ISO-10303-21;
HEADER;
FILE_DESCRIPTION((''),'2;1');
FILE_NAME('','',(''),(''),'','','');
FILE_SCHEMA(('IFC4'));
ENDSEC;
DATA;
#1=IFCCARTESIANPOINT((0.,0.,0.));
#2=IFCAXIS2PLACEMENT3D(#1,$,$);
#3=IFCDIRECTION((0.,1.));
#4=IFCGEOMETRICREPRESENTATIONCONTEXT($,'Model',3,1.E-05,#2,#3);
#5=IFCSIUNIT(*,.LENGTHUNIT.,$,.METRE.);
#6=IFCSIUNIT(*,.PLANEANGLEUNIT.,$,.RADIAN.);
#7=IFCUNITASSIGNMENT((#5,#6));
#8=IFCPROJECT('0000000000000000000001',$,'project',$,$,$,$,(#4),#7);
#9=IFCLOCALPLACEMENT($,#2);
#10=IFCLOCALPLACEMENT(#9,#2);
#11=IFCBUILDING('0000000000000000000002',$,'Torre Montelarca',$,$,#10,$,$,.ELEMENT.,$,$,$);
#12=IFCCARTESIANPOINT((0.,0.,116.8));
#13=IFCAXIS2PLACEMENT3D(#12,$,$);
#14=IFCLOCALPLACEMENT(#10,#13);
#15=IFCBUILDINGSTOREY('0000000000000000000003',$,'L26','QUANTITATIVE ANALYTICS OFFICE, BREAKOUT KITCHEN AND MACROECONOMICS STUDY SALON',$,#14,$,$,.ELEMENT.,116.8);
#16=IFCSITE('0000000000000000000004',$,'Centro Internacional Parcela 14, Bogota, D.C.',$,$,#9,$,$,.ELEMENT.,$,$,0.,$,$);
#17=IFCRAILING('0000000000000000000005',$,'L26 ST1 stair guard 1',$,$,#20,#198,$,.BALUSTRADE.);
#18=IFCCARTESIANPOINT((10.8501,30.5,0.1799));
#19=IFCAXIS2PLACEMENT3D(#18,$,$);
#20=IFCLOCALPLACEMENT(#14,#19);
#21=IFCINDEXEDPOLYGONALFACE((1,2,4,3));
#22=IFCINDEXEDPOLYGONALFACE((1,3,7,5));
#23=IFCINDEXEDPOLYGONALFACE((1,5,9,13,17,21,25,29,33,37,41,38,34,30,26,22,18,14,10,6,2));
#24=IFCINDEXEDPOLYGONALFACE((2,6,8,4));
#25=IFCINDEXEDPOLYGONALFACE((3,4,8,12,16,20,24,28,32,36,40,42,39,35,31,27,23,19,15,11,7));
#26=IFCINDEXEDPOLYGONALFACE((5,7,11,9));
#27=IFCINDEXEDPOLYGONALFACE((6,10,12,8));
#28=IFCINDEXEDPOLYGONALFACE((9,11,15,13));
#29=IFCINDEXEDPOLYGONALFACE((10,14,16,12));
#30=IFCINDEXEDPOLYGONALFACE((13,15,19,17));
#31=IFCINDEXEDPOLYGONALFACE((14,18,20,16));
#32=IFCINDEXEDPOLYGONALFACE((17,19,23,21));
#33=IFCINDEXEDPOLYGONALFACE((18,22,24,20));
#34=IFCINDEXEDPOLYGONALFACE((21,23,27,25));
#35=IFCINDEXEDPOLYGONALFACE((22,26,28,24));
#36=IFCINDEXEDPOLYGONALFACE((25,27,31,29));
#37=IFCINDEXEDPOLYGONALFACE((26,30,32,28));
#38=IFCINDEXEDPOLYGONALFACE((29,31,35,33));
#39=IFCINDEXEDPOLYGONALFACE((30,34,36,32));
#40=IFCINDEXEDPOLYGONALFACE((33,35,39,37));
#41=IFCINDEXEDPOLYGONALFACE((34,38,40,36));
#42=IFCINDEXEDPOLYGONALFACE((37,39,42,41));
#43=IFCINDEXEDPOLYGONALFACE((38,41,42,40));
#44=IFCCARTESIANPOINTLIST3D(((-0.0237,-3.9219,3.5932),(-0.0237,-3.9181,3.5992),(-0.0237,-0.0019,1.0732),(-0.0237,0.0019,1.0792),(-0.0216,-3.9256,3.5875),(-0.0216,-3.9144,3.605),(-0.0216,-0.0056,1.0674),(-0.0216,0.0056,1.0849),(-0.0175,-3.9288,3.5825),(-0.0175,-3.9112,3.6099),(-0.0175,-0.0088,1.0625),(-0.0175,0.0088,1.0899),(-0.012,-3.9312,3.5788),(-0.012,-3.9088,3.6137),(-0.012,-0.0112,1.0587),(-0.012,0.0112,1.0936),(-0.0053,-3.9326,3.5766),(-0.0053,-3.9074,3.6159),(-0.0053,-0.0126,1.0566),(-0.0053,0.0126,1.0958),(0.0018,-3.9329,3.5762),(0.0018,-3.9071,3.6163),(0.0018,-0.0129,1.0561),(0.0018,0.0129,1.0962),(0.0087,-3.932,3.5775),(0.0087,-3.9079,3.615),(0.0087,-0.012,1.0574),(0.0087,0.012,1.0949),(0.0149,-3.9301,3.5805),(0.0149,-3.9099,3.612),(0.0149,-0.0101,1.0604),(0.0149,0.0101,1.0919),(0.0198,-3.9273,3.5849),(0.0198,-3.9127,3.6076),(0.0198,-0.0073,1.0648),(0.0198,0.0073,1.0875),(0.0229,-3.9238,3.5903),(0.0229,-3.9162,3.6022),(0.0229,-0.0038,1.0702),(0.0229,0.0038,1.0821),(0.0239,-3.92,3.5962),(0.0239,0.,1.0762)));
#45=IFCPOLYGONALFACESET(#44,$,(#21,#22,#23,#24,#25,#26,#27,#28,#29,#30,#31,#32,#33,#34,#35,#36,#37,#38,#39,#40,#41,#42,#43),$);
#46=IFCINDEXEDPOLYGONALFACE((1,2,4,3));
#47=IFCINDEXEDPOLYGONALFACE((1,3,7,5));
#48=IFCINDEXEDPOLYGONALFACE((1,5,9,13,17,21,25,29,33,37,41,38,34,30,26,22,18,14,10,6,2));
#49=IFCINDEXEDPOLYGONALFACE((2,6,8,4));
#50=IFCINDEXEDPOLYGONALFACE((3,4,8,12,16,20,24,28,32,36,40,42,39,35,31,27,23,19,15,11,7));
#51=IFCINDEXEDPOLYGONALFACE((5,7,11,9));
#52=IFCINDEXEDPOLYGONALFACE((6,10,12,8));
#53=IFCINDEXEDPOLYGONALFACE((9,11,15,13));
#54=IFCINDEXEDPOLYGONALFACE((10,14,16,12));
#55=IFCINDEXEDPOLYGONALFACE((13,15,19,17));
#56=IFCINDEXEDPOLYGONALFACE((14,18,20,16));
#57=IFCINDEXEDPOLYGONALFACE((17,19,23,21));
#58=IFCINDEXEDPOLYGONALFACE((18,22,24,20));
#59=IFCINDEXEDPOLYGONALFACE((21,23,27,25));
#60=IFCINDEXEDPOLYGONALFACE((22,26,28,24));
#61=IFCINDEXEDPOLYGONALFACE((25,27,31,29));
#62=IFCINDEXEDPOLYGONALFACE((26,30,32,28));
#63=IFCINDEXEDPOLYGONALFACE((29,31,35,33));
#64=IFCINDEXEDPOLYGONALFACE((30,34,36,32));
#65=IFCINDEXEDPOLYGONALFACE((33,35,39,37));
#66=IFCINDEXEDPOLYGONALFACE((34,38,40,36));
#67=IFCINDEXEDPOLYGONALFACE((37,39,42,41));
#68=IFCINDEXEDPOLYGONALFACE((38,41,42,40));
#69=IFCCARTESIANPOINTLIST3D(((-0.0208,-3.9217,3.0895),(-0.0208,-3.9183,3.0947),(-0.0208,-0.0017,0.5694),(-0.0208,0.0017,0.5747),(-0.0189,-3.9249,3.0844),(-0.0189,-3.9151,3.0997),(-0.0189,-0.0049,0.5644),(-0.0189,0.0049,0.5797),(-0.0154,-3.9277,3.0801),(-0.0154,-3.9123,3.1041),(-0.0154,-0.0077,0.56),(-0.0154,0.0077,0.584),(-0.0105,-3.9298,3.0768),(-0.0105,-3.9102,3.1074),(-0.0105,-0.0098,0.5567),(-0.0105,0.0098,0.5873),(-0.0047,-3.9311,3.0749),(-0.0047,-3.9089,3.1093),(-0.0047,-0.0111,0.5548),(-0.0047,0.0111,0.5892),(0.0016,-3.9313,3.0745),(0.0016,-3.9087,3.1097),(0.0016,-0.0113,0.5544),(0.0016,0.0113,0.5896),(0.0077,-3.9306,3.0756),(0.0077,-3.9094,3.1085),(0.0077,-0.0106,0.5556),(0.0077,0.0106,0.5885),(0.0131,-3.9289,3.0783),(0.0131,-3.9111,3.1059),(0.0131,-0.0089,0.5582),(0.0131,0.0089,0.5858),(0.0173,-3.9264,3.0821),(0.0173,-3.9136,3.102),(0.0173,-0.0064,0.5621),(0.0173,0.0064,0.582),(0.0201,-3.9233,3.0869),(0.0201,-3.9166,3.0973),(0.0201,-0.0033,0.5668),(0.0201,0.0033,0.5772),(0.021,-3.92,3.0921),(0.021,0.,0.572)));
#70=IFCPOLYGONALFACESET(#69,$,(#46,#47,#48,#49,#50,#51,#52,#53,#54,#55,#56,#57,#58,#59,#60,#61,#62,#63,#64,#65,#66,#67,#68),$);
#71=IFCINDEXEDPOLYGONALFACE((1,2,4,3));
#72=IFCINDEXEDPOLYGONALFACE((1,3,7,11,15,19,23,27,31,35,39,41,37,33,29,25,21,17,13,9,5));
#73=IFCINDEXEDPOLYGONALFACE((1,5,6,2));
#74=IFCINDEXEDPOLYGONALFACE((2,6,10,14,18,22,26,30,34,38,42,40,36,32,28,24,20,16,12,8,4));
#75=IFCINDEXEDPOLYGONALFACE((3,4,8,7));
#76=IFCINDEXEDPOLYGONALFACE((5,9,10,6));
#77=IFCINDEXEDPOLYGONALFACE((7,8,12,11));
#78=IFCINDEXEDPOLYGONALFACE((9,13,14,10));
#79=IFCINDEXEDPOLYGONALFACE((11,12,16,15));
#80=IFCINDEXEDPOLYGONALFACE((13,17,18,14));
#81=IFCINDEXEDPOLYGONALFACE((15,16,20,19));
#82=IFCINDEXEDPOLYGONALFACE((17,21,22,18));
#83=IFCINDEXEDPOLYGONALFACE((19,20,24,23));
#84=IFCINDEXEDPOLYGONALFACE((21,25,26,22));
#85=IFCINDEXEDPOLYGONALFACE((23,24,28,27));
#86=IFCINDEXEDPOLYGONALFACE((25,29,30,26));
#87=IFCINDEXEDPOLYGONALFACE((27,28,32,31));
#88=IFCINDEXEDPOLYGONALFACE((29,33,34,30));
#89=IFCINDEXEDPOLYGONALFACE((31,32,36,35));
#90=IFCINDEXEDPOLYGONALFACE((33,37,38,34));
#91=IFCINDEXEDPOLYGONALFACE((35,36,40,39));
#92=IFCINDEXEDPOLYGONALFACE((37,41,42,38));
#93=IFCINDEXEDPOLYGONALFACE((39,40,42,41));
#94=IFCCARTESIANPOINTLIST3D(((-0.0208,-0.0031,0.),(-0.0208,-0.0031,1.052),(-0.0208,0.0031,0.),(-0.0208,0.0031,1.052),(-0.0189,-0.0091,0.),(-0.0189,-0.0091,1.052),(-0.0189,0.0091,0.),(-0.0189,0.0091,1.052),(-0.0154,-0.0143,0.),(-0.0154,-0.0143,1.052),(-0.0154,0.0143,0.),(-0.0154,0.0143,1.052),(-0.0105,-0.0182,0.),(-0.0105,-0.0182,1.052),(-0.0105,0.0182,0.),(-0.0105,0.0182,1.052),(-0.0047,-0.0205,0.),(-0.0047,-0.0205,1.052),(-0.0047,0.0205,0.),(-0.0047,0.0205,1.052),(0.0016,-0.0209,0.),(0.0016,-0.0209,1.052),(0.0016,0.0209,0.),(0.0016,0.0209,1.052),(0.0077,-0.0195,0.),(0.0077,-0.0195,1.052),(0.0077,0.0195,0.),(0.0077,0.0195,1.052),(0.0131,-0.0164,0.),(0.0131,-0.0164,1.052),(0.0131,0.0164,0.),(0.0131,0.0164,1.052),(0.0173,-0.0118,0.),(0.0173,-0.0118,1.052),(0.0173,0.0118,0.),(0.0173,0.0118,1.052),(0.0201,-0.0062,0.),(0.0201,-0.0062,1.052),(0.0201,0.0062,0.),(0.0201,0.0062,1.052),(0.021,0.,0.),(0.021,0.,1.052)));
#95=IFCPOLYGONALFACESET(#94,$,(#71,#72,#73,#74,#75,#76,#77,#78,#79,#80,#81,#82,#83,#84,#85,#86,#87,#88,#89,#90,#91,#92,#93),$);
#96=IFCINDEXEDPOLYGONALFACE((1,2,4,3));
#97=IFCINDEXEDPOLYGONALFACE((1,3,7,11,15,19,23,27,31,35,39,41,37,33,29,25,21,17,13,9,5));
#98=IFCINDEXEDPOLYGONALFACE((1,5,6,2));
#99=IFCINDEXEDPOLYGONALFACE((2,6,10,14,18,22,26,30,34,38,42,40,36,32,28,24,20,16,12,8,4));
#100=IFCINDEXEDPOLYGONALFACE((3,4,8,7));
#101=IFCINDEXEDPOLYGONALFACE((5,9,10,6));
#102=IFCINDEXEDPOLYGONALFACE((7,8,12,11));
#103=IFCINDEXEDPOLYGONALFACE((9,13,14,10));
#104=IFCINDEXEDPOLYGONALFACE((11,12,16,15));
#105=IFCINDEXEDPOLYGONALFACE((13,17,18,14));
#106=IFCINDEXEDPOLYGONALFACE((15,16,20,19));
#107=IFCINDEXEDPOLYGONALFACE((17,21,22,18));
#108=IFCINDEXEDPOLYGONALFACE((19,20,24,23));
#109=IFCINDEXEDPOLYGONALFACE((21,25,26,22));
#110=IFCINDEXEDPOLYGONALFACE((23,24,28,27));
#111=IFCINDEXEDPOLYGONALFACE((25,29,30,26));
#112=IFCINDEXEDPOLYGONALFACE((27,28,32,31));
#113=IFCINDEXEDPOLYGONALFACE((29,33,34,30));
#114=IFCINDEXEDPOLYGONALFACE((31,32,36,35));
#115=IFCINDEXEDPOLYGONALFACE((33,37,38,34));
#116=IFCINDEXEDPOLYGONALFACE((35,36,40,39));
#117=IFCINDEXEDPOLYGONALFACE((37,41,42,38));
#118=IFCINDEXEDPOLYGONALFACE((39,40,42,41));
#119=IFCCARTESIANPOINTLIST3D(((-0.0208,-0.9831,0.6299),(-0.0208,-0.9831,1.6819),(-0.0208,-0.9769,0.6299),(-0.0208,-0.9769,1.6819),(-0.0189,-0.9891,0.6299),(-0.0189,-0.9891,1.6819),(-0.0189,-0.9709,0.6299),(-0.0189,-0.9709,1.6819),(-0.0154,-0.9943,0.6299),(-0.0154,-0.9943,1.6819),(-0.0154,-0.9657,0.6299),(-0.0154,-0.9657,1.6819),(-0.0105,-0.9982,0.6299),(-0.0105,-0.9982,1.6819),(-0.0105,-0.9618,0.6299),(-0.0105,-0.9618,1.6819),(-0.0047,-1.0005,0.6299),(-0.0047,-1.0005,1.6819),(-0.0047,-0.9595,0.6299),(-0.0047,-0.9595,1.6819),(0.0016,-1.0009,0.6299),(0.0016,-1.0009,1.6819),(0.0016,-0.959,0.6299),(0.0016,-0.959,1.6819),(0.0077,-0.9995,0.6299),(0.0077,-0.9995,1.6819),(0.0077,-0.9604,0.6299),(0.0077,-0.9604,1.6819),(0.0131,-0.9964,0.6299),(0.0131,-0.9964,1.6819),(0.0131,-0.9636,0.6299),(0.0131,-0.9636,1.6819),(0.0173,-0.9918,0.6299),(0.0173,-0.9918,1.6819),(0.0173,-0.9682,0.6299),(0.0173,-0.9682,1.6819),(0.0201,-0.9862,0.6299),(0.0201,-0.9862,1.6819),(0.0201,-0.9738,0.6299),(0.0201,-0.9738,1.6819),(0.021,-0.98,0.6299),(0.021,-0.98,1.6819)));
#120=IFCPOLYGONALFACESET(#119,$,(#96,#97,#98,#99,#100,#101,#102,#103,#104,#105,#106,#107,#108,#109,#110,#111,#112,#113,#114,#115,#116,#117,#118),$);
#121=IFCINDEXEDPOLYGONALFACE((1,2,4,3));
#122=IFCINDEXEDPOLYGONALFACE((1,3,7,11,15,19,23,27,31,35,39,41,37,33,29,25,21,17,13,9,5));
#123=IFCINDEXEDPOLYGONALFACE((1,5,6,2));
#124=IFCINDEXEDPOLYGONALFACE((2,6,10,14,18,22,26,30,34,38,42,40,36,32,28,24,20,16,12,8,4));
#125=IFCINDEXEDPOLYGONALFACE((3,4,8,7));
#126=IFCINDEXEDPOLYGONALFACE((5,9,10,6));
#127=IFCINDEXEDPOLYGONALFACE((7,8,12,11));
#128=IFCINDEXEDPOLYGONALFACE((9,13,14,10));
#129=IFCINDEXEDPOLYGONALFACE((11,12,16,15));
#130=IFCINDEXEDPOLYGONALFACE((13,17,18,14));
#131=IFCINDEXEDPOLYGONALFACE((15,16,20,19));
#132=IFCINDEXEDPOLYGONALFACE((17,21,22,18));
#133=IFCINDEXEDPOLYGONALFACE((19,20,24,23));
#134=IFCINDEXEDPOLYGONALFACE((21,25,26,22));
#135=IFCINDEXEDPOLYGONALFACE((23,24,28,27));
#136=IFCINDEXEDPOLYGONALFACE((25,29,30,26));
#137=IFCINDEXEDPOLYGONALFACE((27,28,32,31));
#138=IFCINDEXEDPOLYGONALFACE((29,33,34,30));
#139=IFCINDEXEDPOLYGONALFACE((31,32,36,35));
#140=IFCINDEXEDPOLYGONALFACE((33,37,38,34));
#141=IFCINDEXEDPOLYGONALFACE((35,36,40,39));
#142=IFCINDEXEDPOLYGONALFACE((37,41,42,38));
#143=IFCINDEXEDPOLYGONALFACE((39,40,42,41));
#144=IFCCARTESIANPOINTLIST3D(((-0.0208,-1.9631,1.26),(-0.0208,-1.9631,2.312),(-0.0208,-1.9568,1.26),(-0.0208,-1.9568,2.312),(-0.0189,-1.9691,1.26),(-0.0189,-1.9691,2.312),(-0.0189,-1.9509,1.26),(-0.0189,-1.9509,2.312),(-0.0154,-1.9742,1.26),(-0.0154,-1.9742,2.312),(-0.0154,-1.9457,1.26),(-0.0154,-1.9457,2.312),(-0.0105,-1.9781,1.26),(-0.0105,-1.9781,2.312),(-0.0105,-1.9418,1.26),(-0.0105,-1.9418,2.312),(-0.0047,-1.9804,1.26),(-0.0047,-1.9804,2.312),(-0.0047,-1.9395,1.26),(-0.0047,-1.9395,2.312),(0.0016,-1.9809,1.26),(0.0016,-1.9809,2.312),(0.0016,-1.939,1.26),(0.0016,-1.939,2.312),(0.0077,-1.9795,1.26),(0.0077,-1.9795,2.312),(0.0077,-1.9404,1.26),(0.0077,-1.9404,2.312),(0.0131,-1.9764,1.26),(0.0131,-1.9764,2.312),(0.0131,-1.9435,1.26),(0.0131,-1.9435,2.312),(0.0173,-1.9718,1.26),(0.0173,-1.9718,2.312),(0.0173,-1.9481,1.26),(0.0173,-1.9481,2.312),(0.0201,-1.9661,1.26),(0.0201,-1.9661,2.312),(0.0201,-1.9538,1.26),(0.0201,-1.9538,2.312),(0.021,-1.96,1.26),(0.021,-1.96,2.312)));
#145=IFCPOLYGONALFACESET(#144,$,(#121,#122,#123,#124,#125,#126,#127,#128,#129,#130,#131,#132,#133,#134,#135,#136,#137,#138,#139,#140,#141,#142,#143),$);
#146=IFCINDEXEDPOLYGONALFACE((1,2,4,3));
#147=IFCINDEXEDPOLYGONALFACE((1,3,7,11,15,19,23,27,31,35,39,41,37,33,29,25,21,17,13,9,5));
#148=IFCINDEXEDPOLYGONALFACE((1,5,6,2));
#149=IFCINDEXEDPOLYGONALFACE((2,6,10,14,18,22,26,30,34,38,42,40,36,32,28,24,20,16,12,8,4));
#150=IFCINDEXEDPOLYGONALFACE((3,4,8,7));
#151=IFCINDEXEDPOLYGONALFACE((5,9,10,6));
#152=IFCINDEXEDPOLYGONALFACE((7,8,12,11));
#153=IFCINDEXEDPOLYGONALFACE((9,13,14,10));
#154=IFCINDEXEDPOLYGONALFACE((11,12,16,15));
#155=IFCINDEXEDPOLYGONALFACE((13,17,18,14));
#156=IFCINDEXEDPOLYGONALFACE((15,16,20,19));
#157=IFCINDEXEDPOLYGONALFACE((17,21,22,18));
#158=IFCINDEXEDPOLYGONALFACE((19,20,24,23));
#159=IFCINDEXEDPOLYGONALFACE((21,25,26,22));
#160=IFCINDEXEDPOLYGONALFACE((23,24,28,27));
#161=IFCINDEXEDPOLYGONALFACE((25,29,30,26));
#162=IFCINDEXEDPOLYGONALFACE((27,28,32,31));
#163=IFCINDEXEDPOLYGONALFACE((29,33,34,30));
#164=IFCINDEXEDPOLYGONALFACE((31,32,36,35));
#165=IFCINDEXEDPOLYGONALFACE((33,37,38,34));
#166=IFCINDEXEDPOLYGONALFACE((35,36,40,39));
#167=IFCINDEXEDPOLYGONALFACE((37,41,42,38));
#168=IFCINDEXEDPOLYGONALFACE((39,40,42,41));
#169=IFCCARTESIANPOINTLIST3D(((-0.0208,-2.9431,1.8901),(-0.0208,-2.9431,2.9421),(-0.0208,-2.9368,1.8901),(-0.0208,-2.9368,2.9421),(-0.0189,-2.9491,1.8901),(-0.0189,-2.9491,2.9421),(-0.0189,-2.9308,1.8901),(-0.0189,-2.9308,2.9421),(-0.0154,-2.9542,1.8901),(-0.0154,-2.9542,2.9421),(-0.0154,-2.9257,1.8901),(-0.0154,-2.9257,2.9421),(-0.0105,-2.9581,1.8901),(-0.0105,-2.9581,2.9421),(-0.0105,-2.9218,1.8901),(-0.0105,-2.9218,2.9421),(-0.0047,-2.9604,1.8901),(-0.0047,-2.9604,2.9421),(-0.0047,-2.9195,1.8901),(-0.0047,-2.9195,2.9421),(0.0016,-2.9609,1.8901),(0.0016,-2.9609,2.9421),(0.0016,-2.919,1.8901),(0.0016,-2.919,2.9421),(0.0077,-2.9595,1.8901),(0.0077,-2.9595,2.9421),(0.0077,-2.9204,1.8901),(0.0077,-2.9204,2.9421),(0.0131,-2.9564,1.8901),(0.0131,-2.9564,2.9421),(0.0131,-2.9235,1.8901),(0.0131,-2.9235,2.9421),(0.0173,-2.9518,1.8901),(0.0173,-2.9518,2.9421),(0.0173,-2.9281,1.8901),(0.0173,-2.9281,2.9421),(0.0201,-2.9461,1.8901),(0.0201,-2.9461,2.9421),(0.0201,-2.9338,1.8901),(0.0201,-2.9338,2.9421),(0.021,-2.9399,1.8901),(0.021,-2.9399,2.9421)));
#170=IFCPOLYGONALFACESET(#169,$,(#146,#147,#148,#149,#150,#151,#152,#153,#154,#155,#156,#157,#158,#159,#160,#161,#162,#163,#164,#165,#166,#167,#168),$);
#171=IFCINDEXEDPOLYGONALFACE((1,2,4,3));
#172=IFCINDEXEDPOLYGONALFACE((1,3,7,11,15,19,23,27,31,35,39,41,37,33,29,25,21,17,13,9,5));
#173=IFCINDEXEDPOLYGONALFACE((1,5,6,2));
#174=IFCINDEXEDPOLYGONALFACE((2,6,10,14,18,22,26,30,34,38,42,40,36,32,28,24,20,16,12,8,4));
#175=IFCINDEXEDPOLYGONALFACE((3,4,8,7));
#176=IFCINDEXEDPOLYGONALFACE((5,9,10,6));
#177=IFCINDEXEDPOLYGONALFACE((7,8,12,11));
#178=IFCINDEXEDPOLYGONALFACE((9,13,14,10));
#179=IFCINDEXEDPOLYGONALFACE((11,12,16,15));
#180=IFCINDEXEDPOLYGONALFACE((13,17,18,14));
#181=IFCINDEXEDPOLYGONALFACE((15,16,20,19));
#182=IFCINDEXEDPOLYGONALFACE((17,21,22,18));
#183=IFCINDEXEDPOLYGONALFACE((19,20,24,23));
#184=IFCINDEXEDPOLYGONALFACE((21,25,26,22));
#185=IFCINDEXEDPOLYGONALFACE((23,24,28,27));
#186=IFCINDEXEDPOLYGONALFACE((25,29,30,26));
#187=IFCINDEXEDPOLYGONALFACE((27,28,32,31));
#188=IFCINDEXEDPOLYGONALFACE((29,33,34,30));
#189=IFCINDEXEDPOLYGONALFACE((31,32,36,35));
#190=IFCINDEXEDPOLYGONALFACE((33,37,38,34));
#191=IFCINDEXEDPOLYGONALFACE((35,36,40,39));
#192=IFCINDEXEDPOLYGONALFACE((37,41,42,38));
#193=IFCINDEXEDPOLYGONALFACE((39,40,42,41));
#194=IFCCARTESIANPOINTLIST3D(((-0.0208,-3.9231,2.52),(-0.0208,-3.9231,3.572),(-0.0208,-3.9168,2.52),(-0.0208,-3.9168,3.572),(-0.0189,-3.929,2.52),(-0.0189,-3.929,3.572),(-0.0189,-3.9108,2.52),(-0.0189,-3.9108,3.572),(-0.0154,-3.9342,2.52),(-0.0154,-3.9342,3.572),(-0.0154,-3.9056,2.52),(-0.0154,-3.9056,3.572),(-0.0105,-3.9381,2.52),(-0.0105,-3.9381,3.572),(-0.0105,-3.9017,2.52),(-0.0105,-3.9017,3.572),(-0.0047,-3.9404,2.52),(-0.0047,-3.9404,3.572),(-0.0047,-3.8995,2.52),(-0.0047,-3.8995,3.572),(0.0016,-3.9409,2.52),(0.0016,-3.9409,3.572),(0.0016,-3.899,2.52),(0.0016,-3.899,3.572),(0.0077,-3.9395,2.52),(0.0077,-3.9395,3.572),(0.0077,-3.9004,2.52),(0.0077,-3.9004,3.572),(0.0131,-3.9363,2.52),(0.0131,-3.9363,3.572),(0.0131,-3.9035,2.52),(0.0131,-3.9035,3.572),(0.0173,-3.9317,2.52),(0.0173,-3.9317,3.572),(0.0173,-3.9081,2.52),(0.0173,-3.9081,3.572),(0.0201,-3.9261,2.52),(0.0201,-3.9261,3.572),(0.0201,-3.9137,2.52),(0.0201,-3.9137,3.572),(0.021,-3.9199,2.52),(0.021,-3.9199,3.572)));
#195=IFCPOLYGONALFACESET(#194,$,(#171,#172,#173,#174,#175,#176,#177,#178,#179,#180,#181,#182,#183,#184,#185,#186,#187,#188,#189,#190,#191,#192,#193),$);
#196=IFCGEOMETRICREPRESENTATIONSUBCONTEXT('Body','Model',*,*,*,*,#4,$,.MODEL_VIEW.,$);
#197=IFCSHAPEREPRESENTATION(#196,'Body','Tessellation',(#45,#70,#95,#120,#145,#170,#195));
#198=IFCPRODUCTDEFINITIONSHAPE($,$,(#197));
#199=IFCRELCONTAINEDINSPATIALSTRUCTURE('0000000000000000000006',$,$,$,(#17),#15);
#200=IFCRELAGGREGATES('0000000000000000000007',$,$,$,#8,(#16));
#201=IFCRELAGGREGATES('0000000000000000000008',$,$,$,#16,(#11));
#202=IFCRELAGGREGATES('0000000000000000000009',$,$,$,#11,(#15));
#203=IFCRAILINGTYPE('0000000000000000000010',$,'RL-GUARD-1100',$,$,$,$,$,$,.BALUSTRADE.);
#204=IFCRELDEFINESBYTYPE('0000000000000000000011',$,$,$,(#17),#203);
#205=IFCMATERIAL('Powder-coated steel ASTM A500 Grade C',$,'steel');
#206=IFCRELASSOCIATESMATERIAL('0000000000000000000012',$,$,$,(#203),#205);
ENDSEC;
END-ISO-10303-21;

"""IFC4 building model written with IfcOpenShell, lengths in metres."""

from ifc_helpers import new_model, si_unit, direction, frame, origin, origin_2d, place, context, subcontext, project, spatial, circle, extrude, material, type_object, element, save


model = new_model("IFC4")

# Units and contexts
model_context = context("Model", 3, precision=1e-05, world=origin(), true_north=direction((0.0, 1.0)))
body_context = subcontext(model_context, "Body", "Model", "MODEL_VIEW")
ifc_project = project(units=[si_unit("LENGTHUNIT", "METRE"), si_unit("PLANEANGLEUNIT", "RADIAN")], contexts=[model_context])

# Site, building, storey
site_placement = place(None, origin())
site = spatial("IfcSite", under=ifc_project, at=site_placement, Name="Centro Internacional Parcela 14, Bogota, D.C.", CompositionType="ELEMENT", RefElevation=0.0)
building_placement = place(site_placement, origin())
building = spatial("IfcBuilding", under=site, at=building_placement, Name="Torre Montelarca", CompositionType="ELEMENT")
storey_placement = place(building_placement, frame((0.0, 0.0, 116.8)))
storey = spatial("IfcBuildingStorey", under=building, at=storey_placement, Name="L26", Description="QUANTITATIVE ANALYTICS OFFICE, BREAKOUT KITCHEN AND MACROECONOMICS STUDY SALON", CompositionType="ELEMENT", Elevation=116.8)

# Railing
ifc_material_1 = material(Name="Powder-coated steel ASTM A500 Grade C", Category="steel")
railing_type_1 = type_object("IfcRailingType", Name="RL-GUARD-1100", PredefinedType="BALUSTRADE", material=ifc_material_1)
railing_1_placement = place(storey_placement, frame((10.8501, 30.5, 0.1799)))
element("IfcRailing", 1, at=railing_1_placement, inside=storey, type_object=railing_type_1, Name="L26 ST1 stair guard 1", PredefinedType="BALUSTRADE", context=body_context, shape_type="SweptSolid", body=[
    extrude(circle(Radius=0.0239, at=origin_2d()), frame((0.0, 0.0, 1.0762), z_axis=(0.0, -0.841172, 0.540768), x_axis=(1.0, 0.0, 0.0)), (0.0, 0.0, 1.0), 4.6602),
    extrude(circle(Radius=0.021, at=origin_2d()), frame((0.0, 0.0, 0.572), z_axis=(0.0, -0.841172, 0.540768), x_axis=(1.0, 0.0, 0.0)), (0.0, 0.0, 1.0), 4.6602),
    extrude(circle(Radius=0.021, at=origin_2d()), origin(), (0.0, 0.0, 1.0), 1.052),
    extrude(circle(Radius=0.021, at=origin_2d()), frame((0.0, -0.98, 0.6299)), (0.0, 0.0, 1.0), 1.052),
    extrude(circle(Radius=0.021, at=origin_2d()), frame((0.0, -1.96, 1.26)), (0.0, 0.0, 1.0), 1.052),
    extrude(circle(Radius=0.021, at=origin_2d()), frame((0.0, -2.9399, 1.8901)), (0.0, 0.0, 1.0), 1.052),
    extrude(circle(Radius=0.021, at=origin_2d()), frame((0.0, -3.9199, 2.52)), (0.0, 0.0, 1.0), 1.052),
])

save(model, "model.ifc")
